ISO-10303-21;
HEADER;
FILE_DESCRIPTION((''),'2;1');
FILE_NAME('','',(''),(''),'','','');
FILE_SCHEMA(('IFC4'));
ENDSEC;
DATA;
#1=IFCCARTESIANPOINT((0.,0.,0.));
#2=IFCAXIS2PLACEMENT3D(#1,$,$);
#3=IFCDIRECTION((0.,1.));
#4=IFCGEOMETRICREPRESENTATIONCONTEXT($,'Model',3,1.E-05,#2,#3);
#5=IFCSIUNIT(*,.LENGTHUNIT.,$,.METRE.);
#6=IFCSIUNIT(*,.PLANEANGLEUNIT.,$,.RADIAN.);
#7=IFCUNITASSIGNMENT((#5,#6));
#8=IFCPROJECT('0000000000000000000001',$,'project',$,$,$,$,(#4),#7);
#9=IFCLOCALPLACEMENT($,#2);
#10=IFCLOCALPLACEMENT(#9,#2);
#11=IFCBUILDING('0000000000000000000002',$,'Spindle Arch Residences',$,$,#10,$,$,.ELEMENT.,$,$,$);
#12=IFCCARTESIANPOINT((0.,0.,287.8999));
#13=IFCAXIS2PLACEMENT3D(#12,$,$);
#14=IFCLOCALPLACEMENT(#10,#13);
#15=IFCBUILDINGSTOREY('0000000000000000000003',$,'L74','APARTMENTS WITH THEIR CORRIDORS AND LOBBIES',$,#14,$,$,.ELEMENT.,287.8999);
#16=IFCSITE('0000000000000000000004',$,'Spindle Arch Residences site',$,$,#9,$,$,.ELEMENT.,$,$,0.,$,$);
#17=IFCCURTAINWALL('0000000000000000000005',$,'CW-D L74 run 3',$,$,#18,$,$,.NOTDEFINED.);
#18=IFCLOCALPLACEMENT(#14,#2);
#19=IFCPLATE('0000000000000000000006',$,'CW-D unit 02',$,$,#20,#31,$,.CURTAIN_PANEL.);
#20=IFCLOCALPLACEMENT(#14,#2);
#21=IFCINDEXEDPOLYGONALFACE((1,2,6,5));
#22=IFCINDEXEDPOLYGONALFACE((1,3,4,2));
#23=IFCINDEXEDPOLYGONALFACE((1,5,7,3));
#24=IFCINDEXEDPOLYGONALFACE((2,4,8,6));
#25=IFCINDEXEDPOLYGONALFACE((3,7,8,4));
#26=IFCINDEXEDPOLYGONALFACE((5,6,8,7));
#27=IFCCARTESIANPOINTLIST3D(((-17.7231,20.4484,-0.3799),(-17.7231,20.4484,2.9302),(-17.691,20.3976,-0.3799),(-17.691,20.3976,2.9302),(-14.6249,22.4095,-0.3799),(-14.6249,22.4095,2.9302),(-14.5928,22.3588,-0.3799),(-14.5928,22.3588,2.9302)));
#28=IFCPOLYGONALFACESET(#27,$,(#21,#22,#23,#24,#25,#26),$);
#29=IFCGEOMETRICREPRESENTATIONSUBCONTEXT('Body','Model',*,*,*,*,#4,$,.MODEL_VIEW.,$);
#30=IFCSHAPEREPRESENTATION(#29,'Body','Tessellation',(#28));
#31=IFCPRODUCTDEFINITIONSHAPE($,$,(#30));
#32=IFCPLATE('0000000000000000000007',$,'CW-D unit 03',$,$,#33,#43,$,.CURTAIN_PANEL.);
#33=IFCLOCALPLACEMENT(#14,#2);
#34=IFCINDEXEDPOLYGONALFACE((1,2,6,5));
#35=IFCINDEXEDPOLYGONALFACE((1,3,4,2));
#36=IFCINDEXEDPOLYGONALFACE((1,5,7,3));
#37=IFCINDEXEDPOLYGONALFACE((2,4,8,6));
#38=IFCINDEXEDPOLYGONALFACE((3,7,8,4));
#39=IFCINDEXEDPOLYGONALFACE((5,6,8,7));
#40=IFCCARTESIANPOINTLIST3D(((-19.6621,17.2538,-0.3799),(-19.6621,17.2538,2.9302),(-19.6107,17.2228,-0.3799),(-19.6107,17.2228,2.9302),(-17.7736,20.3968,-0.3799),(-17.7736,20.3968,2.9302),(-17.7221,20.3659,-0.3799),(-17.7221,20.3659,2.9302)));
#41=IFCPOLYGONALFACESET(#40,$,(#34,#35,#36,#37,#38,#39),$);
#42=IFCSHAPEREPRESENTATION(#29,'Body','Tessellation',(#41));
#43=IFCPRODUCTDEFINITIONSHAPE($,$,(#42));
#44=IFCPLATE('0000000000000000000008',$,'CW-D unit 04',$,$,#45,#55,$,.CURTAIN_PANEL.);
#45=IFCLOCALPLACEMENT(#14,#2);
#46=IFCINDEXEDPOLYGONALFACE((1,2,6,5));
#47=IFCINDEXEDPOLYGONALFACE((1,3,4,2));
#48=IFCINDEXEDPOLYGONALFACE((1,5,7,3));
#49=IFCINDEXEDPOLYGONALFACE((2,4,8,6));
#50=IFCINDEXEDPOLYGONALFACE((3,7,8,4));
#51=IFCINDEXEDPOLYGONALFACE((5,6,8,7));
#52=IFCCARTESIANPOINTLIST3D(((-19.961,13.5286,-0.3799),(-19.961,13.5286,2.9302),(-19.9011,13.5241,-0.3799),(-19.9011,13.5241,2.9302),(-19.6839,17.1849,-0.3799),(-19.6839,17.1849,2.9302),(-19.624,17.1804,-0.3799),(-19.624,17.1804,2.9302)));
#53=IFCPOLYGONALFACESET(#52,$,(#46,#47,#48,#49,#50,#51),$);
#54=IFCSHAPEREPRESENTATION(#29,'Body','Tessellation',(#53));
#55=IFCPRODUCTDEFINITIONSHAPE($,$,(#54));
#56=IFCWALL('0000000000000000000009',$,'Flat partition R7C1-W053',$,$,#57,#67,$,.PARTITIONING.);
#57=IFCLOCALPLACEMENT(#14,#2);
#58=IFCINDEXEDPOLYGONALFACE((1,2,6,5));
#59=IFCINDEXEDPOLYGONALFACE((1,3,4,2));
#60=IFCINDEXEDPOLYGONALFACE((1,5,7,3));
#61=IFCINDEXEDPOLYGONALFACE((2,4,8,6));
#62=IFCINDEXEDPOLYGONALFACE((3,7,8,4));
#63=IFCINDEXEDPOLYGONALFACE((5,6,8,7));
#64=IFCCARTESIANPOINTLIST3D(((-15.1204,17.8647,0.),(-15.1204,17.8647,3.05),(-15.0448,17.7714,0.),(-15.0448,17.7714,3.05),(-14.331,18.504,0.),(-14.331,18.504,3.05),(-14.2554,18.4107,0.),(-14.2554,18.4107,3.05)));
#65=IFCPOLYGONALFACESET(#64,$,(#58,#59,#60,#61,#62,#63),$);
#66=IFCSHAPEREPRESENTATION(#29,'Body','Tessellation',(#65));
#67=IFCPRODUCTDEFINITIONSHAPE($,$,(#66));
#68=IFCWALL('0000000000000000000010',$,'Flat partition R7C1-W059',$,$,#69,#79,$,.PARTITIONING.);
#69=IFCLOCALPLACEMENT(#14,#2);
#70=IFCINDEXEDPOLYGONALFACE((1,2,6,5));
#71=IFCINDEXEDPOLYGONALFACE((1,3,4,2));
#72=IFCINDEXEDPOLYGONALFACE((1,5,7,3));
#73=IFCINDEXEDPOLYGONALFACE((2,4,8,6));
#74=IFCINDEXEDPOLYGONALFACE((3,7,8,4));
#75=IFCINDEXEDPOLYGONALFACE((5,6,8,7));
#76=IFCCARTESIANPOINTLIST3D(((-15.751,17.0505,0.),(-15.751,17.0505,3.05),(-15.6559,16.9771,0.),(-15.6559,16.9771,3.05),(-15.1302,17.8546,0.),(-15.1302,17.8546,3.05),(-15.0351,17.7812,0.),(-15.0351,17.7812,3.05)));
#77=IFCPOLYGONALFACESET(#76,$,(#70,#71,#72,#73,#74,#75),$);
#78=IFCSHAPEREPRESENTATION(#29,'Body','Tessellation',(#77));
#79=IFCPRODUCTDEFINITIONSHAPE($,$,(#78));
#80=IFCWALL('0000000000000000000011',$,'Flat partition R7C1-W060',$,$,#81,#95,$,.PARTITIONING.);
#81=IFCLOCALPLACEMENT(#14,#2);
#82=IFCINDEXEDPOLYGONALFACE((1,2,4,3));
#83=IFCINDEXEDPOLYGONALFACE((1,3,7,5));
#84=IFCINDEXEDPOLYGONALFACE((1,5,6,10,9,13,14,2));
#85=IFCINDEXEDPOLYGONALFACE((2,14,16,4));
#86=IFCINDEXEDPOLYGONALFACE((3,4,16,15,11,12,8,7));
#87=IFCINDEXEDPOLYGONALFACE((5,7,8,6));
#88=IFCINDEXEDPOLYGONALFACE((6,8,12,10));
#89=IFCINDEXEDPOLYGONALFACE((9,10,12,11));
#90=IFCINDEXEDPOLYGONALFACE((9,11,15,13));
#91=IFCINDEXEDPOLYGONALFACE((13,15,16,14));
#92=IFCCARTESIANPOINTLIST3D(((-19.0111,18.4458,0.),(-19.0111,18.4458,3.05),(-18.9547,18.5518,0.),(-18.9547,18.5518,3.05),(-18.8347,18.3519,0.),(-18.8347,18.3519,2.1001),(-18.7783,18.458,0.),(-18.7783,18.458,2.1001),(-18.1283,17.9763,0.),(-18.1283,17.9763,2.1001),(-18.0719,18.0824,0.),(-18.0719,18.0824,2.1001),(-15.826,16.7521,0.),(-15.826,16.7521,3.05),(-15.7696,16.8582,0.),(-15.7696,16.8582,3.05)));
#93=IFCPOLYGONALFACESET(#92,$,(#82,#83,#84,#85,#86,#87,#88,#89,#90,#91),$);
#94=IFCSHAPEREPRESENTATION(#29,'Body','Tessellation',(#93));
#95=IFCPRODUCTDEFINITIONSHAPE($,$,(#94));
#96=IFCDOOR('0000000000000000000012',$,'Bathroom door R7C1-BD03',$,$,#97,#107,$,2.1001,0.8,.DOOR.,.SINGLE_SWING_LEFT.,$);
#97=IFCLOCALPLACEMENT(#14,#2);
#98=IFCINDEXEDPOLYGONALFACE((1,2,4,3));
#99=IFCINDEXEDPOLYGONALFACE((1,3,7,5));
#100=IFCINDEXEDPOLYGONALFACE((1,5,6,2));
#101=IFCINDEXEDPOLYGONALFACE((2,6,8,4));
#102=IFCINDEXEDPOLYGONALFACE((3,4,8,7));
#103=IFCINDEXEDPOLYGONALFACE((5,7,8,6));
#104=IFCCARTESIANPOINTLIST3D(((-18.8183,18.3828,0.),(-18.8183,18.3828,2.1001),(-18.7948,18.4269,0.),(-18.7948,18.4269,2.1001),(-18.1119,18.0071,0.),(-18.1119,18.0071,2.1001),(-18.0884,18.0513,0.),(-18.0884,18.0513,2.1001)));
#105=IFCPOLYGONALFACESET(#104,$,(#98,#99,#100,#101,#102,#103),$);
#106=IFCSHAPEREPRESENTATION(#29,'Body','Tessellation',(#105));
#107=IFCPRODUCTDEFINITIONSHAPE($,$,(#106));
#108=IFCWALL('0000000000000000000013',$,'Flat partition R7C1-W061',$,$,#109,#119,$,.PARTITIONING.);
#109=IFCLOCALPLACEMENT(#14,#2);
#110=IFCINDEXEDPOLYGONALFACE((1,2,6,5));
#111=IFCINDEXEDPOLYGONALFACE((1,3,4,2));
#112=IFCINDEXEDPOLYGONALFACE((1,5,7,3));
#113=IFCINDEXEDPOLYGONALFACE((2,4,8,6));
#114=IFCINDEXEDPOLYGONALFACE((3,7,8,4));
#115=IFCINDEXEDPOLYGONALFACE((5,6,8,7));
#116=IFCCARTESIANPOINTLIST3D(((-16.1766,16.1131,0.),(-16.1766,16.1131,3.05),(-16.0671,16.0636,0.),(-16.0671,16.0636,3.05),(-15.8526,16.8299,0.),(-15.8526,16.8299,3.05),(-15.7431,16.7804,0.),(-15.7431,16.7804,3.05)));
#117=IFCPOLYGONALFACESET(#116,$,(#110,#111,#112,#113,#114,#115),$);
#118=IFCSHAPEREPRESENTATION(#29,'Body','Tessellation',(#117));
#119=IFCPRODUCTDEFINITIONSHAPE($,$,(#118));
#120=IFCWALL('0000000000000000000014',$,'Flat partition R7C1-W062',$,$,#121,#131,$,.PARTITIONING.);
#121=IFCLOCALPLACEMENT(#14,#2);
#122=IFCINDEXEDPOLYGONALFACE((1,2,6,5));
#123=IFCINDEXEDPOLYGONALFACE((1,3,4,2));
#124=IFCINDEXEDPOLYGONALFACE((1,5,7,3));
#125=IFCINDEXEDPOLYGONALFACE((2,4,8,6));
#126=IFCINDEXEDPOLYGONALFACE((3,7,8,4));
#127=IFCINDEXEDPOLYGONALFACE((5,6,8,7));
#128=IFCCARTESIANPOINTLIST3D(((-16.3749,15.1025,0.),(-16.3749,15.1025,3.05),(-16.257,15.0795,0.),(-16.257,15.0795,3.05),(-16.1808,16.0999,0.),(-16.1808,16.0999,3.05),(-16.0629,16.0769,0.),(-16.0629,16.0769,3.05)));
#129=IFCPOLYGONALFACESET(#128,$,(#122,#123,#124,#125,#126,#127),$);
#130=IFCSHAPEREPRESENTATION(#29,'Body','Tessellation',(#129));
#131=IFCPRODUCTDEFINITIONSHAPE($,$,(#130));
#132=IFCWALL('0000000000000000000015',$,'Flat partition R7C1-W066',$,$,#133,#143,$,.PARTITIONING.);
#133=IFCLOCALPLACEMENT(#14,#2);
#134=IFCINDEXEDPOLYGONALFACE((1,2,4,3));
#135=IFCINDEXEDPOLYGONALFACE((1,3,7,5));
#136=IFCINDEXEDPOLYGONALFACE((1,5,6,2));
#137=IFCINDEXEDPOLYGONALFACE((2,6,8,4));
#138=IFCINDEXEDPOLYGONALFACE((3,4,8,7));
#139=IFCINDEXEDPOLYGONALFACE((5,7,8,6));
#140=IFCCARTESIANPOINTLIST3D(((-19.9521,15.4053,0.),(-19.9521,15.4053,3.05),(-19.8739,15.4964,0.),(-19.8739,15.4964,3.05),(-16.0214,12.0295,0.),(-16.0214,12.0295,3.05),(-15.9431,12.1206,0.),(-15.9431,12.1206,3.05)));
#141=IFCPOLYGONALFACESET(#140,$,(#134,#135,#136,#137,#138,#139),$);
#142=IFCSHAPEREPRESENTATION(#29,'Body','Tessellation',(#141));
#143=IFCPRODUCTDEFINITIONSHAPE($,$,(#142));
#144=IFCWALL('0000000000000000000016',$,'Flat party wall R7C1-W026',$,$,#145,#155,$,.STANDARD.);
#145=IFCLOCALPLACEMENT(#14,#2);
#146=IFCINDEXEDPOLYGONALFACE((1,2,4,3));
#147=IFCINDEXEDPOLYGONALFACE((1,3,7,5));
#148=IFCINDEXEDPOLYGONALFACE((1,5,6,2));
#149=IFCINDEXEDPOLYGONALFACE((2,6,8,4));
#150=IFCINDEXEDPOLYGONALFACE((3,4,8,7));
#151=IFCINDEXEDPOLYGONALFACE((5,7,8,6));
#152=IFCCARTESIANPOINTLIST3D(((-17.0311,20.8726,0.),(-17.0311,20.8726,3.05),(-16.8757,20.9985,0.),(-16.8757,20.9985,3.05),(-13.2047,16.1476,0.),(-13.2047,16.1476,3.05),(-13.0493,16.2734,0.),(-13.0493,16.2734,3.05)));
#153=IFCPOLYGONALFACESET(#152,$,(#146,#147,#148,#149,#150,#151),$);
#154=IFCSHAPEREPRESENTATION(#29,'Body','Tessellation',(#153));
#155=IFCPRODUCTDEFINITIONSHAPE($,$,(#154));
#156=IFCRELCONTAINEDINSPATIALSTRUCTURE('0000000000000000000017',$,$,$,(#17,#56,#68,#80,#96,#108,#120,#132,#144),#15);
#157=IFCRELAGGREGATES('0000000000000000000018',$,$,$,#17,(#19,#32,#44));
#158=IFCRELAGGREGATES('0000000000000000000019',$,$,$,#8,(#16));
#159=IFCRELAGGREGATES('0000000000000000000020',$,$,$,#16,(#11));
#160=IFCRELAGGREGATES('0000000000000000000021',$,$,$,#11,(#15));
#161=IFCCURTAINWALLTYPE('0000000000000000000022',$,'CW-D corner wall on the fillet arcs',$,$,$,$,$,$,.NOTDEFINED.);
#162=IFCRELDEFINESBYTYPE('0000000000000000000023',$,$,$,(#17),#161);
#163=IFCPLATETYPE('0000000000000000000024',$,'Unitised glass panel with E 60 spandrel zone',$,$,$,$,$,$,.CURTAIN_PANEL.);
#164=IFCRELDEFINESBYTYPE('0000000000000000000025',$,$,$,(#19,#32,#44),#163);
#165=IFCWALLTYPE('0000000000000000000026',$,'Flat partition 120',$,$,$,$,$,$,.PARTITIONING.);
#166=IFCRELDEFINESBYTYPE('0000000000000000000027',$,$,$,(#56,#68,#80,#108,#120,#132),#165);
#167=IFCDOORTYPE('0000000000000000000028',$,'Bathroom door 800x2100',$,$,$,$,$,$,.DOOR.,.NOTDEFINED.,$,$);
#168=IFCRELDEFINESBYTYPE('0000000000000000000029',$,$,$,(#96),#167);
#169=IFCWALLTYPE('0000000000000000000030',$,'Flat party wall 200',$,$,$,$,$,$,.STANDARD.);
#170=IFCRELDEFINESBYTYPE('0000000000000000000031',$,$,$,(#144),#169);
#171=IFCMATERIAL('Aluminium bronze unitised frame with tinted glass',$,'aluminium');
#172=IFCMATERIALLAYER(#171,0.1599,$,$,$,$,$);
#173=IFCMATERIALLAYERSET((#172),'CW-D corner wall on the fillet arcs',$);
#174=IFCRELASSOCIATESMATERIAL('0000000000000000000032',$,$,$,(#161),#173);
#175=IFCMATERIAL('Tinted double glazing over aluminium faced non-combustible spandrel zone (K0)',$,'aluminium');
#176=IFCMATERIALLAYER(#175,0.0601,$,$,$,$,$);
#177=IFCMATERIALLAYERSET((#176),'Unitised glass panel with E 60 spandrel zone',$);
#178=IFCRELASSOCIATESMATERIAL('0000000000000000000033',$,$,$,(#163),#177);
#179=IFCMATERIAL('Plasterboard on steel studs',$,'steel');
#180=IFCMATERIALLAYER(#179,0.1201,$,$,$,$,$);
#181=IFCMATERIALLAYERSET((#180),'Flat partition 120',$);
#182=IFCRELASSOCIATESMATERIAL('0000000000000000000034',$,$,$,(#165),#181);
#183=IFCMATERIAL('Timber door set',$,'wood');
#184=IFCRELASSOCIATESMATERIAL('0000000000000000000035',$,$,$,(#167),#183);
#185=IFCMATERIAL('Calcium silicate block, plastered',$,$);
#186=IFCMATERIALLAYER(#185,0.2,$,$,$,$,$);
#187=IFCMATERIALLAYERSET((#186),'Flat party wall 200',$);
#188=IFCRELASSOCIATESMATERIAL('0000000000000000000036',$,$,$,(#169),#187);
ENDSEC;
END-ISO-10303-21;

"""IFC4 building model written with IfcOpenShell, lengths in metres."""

from ifc_helpers import new_model, si_unit, direction, frame, frame_2d, origin, origin_2d, place, context, subcontext, project, spatial, rectangle, extrude, material, layer, layer_set, type_object, element, fill, aggregate, save


model = new_model("IFC4")

# Units and contexts
model_context = context("Model", 3, precision=1e-05, world=origin(), true_north=direction((0.0, 1.0)))
body_context = subcontext(model_context, "Body", "Model", "MODEL_VIEW")
ifc_project = project(units=[si_unit("LENGTHUNIT", "METRE"), si_unit("PLANEANGLEUNIT", "RADIAN")], contexts=[model_context])

# Site, building, storey
site_placement = place(None, origin())
site = spatial("IfcSite", under=ifc_project, at=site_placement, Name="Spindle Arch Residences site", CompositionType="ELEMENT", RefElevation=0.0)
building_placement = place(site_placement, origin())
building = spatial("IfcBuilding", under=site, at=building_placement, Name="Spindle Arch Residences", CompositionType="ELEMENT")
storey_placement = place(building_placement, frame((0.0, 0.0, 287.8999)))
storey = spatial("IfcBuildingStorey", under=building, at=storey_placement, Name="L74", Description="APARTMENTS WITH THEIR CORRIDORS AND LOBBIES", CompositionType="ELEMENT", Elevation=287.8999)

# Curtain wall
ifc_material_1 = material(Name="Aluminium bronze unitised frame with tinted glass", Category="aluminium")
ifc_layer_1 = layer(ifc_material_1, 0.1599)
ifc_layer_set_1 = layer_set([ifc_layer_1], Name="CW-D corner wall on the fillet arcs")
curtain_wall_type = type_object("IfcCurtainWallType", Name="CW-D corner wall on the fillet arcs", PredefinedType="NOTDEFINED", material=ifc_layer_set_1)
curtain_wall_placement = place(storey_placement, origin())
curtain_wall = element("IfcCurtainWall", 1, at=curtain_wall_placement, inside=storey, type_object=curtain_wall_type, Name="CW-D L74 run 3", PredefinedType="NOTDEFINED")

# Plates
ifc_material_2 = material(Name="Tinted double glazing over aluminium faced non-combustible spandrel zone (K0)", Category="aluminium")
ifc_layer_2 = layer(ifc_material_2, 0.0601)
ifc_layer_set_2 = layer_set([ifc_layer_2], Name="Unitised glass panel with E 60 spandrel zone")
plate_type = type_object("IfcPlateType", Name="Unitised glass panel with E 60 spandrel zone", PredefinedType="CURTAIN_PANEL", material=ifc_layer_set_2)
plate_1_placement = place(storey_placement, frame((-16.158, 21.4036, -0.3799), z_axis=(0.0, 0.0, 1.0), x_axis=(-0.844951, -0.534844, 0.0)))
plate_1 = element("IfcPlate", 2, at=plate_1_placement, type_object=plate_type, Name="CW-D unit 02", PredefinedType="CURTAIN_PANEL", context=body_context, shape_type="SweptSolid", body=[
    extrude(rectangle(XDim=3.6667, YDim=0.0601, at=origin_2d()), origin(), (0.0, 0.0, 1.0), 3.3101),
])
plate_2_placement = place(storey_placement, frame((-18.6921, 18.8098, -0.3799), z_axis=(0.0, 0.0, 1.0), x_axis=(-0.515038, -0.857167, 0.0)))
plate_2 = element("IfcPlate", 3, at=plate_2_placement, type_object=plate_type, Name="CW-D unit 03", PredefinedType="CURTAIN_PANEL", context=body_context, shape_type="SweptSolid", body=[
    extrude(rectangle(XDim=3.6667, YDim=0.0601, at=origin_2d()), origin(), (0.0, 0.0, 1.0), 3.3101),
])
plate_3_placement = place(storey_placement, frame((-19.7925, 15.3545, -0.3799), z_axis=(0.0, 0.0, 1.0), x_axis=(-0.075559, -0.997141, 0.0)))
plate_3 = element("IfcPlate", 4, at=plate_3_placement, type_object=plate_type, Name="CW-D unit 04", PredefinedType="CURTAIN_PANEL", context=body_context, shape_type="SweptSolid", body=[
    extrude(rectangle(XDim=3.6667, YDim=0.0601, at=origin_2d()), origin(), (0.0, 0.0, 1.0), 3.3101),
])
aggregate(curtain_wall, [plate_1, plate_2, plate_3])

# Walls
ifc_material_3 = material(Name="Plasterboard on steel studs", Category="steel")
ifc_layer_3 = layer(ifc_material_3, 0.1201)
ifc_layer_set_3 = layer_set([ifc_layer_3], Name="Flat partition 120")
wall_type_1 = type_object("IfcWallType", Name="Flat partition 120", PredefinedType="PARTITIONING", material=ifc_layer_set_3)
for number, where, z_axis, x_axis, name in (
    (5, (-15.0825, 17.8181, 0.0), (0.0, 0.0, 1.0), (0.777127, 0.629343, 0.0), "Flat partition R7C1-W053"),
    (6, (-15.7034, 17.0139, 0.0), (0.0, 0.0, 1.0), (0.611092, 0.79156, 0.0), "Flat partition R7C1-W059"),
):
    element("IfcWall", number, at=place(storey_placement, frame(where, z_axis=z_axis, x_axis=x_axis)), inside=storey, type_object=wall_type_1, Name=name, PredefinedType="PARTITIONING", context=body_context, shape_type="SweptSolid", body=[
        extrude(rectangle(XDim=1.0159, YDim=0.1201, at=frame_2d((0.5078, 0.0))), origin(), (0.0, 0.0, 1.0), 3.05),
    ])

# Wall, opening, door
wall_1_placement = place(storey_placement, frame((-18.9829, 18.4988, 0.0), z_axis=(0.0, 0.0, 1.0), x_axis=(0.882939, -0.469488, 0.0)))
wall_1 = element("IfcWall", 7, at=wall_1_placement, inside=storey, type_object=wall_type_1, Name="Flat partition R7C1-W060", PredefinedType="PARTITIONING", context=body_context, shape_type="SweptSolid", body=[
    extrude(rectangle(XDim=3.6074, YDim=0.1201, at=frame_2d((1.8037, 0.0))), origin(), (0.0, 0.0, 1.0), 3.05),
])
opening_placement = place(wall_1_placement, frame((0.2, 0.0, 0.0)))
opening = element("IfcOpeningElement", 8, at=opening_placement, cuts=wall_1, PredefinedType="OPENING", context=body_context, shape_type="SweptSolid", body=[
    extrude(rectangle(XDim=0.8, YDim=2.1001, at=frame_2d((0.3999, 1.05))), frame((0.0, 0.0701, 0.0), z_axis=(0.0, -1.0, 0.0), x_axis=(1.0, 0.0, 0.0)), (0.0, 0.0, 1.0), 0.1401),
])
ifc_material_4 = material(Name="Timber door set", Category="wood")
door_type = type_object("IfcDoorType", Name="Bathroom door 800x2100", OperationType="NOTDEFINED", PredefinedType="DOOR", material=ifc_material_4)
door_placement = place(opening_placement, origin())
door = element("IfcDoor", 9, at=door_placement, inside=storey, type_object=door_type, Name="Bathroom door R7C1-BD03", OperationType="SINGLE_SWING_LEFT", OverallHeight=2.1001, OverallWidth=0.8, PredefinedType="DOOR", context=body_context, shape_type="SweptSolid", body=[
    extrude(rectangle(XDim=0.8, YDim=2.1001, at=frame_2d((0.3999, 1.05))), frame((0.0, 0.0249, 0.0), z_axis=(0.0, -1.0, 0.0), x_axis=(1.0, 0.0, 0.0)), (0.0, 0.0, 1.0), 0.05),
])
fill(opening, door)

# Walls
wall_2_placement = place(storey_placement, frame((-15.7979, 16.8052, 0.0), z_axis=(0.0, 0.0, 1.0), x_axis=(-0.411861, -0.911247, 0.0)))
element("IfcWall", 10, at=wall_2_placement, inside=storey, type_object=wall_type_1, Name="Flat partition R7C1-W061", PredefinedType="PARTITIONING", context=body_context, shape_type="SweptSolid", body=[
    extrude(rectangle(XDim=0.7866, YDim=0.1201, at=frame_2d((0.3933, 0.0))), origin(), (0.0, 0.0, 1.0), 3.05),
])
wall_3_placement = place(storey_placement, frame((-16.1218, 16.0884, 0.0), z_axis=(0.0, 0.0, 1.0), x_axis=(-0.19103, -0.981584, 0.0)))
element("IfcWall", 11, at=wall_3_placement, inside=storey, type_object=wall_type_1, Name="Flat partition R7C1-W062", PredefinedType="PARTITIONING", context=body_context, shape_type="SweptSolid", body=[
    extrude(rectangle(XDim=1.0161, YDim=0.1201, at=frame_2d((0.5081, 0.0))), origin(), (0.0, 0.0, 1.0), 3.05),
])
wall_4_placement = place(storey_placement, frame((-19.9131, 15.4509, 0.0), z_axis=(0.0, 0.0, 1.0), x_axis=(0.758628, -0.651524, 0.0)))
element("IfcWall", 12, at=wall_4_placement, inside=storey, type_object=wall_type_1, Name="Flat partition R7C1-W066", PredefinedType="PARTITIONING", context=body_context, shape_type="SweptSolid", body=[
    extrude(rectangle(XDim=5.1814, YDim=0.1201, at=frame_2d((2.5908, 0.0))), origin(), (0.0, 0.0, 1.0), 3.05),
])
ifc_material_5 = material(Name="Calcium silicate block, plastered")
ifc_layer_4 = layer(ifc_material_5, 0.2)
ifc_layer_set_4 = layer_set([ifc_layer_4], Name="Flat party wall 200")
wall_type_2 = type_object("IfcWallType", Name="Flat party wall 200", PredefinedType="STANDARD", material=ifc_layer_set_4)
wall_5_placement = place(storey_placement, frame((-16.9534, 20.9355, 0.0), z_axis=(0.0, 0.0, 1.0), x_axis=(0.629331, -0.777137, 0.0)))
element("IfcWall", 13, at=wall_5_placement, inside=storey, type_object=wall_type_2, Name="Flat party wall R7C1-W026", PredefinedType="STANDARD", context=body_context, shape_type="SweptSolid", body=[
    extrude(rectangle(XDim=6.0801, YDim=0.2, at=frame_2d((3.04, 0.0))), origin(), (0.0, 0.0, 1.0), 3.05),
])

save(model, "model.ifc")
